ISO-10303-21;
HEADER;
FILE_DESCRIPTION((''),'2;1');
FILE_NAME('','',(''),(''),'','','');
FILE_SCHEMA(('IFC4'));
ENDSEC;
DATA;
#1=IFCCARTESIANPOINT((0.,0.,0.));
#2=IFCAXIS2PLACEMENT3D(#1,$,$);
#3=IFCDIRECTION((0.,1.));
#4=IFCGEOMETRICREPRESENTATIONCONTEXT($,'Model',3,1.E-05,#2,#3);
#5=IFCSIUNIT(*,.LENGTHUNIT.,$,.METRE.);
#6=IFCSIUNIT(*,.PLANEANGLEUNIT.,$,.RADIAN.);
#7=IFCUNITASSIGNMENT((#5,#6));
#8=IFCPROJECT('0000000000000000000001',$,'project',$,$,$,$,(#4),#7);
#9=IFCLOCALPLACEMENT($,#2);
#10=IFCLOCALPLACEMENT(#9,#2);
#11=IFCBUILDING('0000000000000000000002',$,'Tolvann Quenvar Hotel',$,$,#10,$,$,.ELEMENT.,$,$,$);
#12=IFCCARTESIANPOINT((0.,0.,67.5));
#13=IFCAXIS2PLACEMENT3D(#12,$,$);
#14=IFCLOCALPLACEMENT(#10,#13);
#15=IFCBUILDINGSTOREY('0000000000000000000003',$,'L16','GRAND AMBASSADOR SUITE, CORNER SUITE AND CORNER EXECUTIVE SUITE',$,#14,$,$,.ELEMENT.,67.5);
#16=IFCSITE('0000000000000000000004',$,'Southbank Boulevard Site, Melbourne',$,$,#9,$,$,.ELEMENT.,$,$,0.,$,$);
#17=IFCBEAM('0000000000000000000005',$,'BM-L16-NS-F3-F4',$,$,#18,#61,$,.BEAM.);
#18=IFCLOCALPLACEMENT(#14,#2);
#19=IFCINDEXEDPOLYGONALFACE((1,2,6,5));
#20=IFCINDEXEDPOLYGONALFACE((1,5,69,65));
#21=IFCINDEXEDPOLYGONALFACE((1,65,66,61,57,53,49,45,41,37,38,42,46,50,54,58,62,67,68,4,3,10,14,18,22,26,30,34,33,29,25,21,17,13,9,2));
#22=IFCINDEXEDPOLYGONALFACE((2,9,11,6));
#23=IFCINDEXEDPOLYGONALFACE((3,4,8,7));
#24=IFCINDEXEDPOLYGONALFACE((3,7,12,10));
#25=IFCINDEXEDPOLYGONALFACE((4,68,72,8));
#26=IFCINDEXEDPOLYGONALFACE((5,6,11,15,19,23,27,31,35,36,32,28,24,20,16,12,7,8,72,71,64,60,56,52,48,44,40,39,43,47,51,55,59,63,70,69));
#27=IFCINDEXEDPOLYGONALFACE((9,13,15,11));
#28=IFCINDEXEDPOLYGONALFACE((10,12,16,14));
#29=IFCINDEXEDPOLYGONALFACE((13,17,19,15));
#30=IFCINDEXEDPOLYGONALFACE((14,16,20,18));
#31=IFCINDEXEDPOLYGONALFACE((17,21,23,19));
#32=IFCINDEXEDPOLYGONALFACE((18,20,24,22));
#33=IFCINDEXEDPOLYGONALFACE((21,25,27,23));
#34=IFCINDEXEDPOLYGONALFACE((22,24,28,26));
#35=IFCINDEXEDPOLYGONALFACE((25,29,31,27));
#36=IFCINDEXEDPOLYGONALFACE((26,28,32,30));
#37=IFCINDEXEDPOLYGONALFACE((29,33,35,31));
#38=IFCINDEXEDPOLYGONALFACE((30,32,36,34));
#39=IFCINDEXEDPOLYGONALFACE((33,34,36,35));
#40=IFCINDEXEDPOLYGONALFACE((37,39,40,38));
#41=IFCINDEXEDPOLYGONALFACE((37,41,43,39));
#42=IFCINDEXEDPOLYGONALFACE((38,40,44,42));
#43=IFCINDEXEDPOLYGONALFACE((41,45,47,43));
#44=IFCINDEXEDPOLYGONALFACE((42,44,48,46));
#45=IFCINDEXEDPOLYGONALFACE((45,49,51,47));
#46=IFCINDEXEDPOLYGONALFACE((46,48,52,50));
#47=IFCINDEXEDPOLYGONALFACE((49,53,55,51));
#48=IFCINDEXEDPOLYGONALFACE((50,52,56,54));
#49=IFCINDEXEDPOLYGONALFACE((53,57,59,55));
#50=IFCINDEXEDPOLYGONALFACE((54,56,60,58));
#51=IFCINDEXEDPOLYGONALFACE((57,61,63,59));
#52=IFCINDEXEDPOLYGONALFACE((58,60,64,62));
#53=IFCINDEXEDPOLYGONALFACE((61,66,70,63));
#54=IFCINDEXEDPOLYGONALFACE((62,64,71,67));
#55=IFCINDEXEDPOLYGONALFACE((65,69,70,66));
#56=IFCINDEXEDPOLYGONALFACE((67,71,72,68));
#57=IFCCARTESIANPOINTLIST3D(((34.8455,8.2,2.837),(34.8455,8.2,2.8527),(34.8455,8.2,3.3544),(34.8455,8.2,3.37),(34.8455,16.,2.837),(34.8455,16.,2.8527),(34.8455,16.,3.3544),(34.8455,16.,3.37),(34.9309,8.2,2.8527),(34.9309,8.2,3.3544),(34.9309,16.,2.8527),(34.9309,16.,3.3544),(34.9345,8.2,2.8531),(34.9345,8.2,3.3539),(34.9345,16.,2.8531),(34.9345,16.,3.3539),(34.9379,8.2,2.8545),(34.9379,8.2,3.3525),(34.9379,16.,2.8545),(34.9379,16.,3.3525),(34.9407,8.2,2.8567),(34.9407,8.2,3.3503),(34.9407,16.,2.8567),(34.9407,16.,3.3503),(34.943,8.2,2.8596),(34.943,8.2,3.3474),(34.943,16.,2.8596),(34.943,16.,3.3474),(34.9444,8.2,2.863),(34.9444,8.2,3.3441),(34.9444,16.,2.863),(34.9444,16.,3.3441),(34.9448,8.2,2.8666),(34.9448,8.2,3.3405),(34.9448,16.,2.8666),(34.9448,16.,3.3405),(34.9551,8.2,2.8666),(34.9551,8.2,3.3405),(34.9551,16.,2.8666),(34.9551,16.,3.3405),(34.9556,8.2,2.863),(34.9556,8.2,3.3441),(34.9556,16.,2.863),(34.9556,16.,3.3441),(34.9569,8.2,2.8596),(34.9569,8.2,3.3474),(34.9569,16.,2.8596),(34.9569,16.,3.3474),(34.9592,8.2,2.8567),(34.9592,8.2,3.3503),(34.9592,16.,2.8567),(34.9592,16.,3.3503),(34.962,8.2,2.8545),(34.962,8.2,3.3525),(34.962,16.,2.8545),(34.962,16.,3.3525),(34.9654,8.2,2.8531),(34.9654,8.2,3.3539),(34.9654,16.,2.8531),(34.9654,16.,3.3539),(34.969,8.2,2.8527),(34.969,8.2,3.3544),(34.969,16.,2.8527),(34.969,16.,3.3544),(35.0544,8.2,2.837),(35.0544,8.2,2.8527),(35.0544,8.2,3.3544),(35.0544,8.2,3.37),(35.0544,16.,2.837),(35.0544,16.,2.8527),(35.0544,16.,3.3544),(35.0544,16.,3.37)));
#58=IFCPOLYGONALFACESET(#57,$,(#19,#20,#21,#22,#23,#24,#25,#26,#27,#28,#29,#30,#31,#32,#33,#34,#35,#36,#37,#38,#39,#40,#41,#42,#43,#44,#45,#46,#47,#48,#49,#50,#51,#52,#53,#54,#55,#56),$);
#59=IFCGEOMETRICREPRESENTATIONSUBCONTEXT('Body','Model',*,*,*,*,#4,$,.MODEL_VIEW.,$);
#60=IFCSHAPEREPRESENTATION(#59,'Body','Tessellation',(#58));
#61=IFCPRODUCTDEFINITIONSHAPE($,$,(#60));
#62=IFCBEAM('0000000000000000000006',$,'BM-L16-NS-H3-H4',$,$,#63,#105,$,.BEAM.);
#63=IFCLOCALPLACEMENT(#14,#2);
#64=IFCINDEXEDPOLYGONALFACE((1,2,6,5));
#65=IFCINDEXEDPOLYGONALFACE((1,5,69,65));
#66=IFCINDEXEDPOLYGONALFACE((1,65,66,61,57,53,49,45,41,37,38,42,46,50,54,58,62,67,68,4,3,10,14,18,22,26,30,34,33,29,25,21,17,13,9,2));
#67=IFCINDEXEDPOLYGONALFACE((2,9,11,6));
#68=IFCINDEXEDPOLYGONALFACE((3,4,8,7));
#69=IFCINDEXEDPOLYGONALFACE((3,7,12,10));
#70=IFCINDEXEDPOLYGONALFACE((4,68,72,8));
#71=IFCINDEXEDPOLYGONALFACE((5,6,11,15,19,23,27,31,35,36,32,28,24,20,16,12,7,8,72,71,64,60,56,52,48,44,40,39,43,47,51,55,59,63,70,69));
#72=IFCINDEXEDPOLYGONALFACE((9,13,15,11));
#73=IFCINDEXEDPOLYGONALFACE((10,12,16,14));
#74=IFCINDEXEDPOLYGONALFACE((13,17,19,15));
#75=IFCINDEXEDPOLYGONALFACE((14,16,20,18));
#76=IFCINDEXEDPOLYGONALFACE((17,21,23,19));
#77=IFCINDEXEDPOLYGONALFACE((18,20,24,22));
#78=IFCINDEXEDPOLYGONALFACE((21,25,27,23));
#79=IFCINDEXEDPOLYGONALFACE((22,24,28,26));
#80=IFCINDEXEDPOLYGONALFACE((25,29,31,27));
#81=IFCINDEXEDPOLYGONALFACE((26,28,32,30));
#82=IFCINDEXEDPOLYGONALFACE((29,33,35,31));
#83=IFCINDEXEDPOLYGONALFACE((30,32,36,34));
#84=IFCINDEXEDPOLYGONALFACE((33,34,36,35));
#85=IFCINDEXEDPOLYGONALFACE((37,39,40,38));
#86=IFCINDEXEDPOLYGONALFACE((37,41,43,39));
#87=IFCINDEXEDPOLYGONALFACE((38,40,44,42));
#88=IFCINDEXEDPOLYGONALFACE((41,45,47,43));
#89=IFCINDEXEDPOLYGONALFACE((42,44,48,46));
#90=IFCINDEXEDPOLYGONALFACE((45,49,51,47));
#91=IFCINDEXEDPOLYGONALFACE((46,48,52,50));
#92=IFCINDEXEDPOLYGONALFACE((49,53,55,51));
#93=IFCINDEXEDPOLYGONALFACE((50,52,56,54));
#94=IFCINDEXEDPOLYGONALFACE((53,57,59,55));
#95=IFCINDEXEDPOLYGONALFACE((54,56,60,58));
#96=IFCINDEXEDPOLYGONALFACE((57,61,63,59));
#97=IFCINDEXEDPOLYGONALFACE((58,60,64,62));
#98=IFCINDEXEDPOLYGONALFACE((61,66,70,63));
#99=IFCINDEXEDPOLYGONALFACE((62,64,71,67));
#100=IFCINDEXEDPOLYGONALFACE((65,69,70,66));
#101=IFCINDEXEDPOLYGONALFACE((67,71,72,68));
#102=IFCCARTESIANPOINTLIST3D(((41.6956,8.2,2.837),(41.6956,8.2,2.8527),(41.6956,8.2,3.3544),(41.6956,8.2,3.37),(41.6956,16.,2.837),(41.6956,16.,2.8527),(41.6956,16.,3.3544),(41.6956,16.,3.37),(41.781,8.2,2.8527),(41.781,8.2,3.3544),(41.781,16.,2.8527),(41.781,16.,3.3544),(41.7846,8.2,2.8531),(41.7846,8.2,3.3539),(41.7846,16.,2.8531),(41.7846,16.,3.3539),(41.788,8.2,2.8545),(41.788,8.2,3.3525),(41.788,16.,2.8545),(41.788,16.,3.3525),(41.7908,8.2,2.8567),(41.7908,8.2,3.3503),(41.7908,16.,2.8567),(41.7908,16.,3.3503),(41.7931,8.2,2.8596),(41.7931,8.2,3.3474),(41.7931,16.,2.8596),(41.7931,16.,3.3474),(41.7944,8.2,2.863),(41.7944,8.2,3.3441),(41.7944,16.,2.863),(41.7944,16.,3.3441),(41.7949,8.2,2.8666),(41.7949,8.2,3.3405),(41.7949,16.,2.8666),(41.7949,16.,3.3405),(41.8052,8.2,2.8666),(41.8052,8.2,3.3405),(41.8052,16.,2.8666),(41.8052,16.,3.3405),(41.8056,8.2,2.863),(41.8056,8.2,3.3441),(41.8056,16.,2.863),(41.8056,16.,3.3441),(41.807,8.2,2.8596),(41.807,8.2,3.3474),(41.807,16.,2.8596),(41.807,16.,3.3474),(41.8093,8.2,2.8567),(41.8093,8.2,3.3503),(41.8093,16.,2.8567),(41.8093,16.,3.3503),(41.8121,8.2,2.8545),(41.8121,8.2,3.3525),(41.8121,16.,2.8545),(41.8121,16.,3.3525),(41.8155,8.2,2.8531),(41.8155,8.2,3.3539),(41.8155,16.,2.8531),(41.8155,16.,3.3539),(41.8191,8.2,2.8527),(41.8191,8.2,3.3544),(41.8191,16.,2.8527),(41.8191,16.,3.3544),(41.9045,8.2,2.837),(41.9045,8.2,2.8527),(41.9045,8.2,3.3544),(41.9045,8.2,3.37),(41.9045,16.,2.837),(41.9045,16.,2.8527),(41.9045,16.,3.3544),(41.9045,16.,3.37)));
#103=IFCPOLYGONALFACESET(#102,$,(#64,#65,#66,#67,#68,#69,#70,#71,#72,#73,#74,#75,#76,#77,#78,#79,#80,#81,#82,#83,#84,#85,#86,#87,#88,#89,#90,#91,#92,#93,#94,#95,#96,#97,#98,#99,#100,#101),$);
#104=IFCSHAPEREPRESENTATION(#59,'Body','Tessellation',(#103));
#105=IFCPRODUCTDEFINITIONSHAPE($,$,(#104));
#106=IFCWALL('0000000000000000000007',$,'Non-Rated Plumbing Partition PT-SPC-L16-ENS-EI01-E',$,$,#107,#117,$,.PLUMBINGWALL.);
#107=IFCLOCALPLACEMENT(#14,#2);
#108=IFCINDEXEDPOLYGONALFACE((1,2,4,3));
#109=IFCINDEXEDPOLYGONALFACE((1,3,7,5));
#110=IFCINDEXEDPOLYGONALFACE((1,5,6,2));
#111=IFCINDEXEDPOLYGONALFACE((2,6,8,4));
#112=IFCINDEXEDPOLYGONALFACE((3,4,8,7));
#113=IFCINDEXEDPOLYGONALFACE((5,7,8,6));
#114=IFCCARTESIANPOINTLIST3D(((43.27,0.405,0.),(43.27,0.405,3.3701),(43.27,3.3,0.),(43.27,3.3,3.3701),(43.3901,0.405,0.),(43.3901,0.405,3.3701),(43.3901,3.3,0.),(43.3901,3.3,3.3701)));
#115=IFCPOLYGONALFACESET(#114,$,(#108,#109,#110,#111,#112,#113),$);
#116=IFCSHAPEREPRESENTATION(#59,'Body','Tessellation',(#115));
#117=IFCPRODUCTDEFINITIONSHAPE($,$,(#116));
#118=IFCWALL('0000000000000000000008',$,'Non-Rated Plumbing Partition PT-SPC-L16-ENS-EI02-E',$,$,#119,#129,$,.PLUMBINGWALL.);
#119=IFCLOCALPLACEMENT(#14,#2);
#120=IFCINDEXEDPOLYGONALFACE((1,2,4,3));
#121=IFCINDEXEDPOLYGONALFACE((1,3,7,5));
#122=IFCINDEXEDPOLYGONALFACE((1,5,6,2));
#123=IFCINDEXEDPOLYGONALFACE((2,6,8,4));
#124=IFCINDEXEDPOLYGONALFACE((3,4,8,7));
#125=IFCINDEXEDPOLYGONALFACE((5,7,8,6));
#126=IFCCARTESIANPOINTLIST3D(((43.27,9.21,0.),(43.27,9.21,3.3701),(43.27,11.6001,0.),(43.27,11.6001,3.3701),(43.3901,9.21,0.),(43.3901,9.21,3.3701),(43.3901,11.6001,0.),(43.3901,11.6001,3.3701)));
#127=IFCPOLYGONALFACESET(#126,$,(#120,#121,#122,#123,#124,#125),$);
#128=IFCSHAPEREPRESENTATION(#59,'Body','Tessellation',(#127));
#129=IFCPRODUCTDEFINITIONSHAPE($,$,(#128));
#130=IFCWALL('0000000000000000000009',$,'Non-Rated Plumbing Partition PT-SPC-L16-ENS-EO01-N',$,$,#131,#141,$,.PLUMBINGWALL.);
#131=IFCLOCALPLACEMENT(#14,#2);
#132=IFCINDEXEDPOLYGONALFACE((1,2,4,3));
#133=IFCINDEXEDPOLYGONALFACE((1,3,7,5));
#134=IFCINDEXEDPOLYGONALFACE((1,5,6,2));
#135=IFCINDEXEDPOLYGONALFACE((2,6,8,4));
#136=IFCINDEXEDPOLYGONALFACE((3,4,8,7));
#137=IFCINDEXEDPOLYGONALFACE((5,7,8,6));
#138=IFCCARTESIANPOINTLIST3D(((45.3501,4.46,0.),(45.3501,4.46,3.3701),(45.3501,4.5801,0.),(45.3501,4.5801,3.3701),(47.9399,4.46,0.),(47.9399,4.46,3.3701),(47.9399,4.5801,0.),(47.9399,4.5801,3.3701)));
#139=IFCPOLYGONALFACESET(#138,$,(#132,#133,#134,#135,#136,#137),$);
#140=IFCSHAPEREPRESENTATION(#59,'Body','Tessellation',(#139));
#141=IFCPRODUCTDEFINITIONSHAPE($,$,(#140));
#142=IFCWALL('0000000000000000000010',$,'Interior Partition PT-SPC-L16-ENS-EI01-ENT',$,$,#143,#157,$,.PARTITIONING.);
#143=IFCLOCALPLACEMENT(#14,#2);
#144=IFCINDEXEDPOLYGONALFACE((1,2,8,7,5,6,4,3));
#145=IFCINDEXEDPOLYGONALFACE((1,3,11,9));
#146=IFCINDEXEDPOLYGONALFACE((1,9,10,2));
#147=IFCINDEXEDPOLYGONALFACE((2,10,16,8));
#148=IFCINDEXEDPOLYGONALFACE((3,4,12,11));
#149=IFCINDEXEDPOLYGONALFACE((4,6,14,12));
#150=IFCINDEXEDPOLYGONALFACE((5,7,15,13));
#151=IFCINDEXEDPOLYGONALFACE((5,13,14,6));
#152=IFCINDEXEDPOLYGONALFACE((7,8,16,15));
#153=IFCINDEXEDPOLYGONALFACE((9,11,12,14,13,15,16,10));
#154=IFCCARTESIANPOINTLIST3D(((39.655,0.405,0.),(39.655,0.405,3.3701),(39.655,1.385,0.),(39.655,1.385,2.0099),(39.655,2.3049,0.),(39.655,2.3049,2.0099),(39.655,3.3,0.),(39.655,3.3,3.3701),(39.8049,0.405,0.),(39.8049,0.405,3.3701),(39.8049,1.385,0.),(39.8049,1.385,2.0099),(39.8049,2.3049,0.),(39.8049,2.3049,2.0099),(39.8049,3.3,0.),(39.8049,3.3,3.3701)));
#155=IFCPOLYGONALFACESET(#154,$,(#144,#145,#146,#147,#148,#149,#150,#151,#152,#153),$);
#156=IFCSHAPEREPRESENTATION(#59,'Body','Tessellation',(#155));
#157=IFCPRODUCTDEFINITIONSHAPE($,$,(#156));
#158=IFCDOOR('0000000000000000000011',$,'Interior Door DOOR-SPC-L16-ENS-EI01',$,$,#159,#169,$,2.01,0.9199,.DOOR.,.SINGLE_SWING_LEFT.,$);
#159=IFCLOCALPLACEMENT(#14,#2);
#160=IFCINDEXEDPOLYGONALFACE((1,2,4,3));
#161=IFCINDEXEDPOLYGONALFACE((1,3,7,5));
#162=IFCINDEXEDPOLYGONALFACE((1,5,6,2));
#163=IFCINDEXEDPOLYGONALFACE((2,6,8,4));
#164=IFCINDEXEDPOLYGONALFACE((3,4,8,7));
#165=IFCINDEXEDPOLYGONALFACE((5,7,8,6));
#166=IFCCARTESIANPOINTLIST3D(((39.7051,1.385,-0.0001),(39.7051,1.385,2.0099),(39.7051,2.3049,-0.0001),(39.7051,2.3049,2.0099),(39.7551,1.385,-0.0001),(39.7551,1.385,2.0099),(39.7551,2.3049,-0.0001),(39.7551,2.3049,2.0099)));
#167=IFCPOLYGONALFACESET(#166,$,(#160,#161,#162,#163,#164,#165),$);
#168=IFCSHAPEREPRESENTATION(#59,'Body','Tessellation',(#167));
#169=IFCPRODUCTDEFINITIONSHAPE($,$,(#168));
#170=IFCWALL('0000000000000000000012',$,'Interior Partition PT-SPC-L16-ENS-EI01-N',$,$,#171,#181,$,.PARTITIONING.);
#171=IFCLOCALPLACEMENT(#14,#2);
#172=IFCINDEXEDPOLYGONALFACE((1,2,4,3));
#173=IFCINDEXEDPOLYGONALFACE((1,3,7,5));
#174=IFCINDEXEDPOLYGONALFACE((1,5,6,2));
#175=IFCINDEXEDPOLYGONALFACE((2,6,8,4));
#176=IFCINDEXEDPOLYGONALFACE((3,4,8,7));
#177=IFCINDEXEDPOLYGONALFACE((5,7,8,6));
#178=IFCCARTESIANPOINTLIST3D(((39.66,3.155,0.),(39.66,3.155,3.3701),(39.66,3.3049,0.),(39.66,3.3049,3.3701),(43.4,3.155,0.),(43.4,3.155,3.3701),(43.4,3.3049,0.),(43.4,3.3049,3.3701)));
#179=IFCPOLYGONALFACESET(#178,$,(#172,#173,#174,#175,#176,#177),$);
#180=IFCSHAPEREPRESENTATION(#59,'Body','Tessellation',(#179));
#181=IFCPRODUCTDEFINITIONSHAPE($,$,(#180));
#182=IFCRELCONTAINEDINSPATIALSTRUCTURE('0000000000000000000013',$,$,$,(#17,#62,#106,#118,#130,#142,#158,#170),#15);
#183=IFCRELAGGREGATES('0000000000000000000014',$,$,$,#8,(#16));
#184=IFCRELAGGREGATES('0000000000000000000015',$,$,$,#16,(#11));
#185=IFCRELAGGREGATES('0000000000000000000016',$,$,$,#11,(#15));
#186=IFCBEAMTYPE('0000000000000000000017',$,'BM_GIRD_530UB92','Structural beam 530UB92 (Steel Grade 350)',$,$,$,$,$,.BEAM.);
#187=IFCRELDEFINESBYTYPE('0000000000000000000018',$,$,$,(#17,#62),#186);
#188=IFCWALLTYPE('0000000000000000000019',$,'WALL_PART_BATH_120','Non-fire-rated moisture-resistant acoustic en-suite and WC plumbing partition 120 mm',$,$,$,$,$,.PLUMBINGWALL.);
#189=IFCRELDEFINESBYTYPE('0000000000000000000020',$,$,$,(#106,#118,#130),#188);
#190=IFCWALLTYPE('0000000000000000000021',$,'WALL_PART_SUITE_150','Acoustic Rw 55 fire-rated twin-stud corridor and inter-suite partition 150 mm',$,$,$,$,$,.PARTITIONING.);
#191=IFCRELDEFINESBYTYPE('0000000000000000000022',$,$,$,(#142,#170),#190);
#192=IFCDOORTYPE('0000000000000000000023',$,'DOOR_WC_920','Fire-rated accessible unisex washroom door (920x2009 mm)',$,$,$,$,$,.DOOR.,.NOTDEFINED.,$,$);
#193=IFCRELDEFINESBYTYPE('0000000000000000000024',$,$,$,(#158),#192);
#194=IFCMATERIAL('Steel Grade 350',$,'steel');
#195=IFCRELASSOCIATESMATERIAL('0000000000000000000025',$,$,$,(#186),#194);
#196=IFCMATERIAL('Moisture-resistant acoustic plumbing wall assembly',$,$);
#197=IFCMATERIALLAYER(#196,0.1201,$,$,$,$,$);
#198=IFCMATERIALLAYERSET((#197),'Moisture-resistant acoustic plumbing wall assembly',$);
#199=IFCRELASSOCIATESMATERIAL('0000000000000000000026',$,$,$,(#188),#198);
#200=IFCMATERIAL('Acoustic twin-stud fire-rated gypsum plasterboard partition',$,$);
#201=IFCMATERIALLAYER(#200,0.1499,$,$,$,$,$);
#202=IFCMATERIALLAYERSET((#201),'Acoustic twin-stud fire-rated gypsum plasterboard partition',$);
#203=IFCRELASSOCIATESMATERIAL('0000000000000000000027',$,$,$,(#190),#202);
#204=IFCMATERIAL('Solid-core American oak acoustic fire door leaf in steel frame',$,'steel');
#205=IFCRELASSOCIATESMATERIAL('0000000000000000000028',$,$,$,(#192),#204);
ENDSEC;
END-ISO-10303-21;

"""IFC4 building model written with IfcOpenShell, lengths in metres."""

from ifc_helpers import new_model, si_unit, direction, frame, frame_2d, origin, origin_2d, place, context, subcontext, project, spatial, rectangle, i_section, extrude, source, transform, mapped, material, layer, layer_set, material_profile, profile_set, type_object, type_shapes, element, fill, save


model = new_model("IFC4")

# Units and contexts
model_context = context("Model", 3, precision=1e-05, world=origin(), true_north=direction((0.0, 1.0)))
body_context = subcontext(model_context, "Body", "Model", "MODEL_VIEW")
ifc_project = project(units=[si_unit("LENGTHUNIT", "METRE"), si_unit("PLANEANGLEUNIT", "RADIAN")], contexts=[model_context])

# Site, building, storey
site_placement = place(None, origin())
site = spatial("IfcSite", under=ifc_project, at=site_placement, Name="Southbank Boulevard Site, Melbourne", CompositionType="ELEMENT", RefElevation=0.0)
building_placement = place(site_placement, origin())
building = spatial("IfcBuilding", under=site, at=building_placement, Name="Tolvann Quenvar Hotel", CompositionType="ELEMENT")
storey_placement = place(building_placement, frame((0.0, 0.0, 67.5)))
storey = spatial("IfcBuildingStorey", under=building, at=storey_placement, Name="L16", Description="GRAND AMBASSADOR SUITE, CORNER SUITE AND CORNER EXECUTIVE SUITE", CompositionType="ELEMENT", Elevation=67.5)

# Shared definitions
ifc_material_1 = material(Name="Steel Grade 350", Category="steel")

# Beams
ifc_material_profile_1 = material_profile(ifc_material_1, i_section(OverallWidth=0.209, OverallDepth=0.533, WebThickness=0.0103, FlangeThickness=0.0156, FilletRadius=0.0139, at=origin_2d()), Name="530UB92")
ifc_profile_set_1 = profile_set([ifc_material_profile_1], Name="Steel Grade 350")
beam_type_1 = type_object("IfcBeamType", Name="BM_GIRD_530UB92", Description="Structural beam 530UB92 (Steel Grade 350)", PredefinedType="BEAM", material=ifc_profile_set_1)
shared_shape_1 = source(origin(), body_context, "Body", "SweptSolid", [
    extrude(i_section(OverallWidth=0.209, OverallDepth=0.533, WebThickness=0.0103, FlangeThickness=0.0156, FilletRadius=0.0139, at=origin_2d()), origin(), (0.0, 0.0, 1.0), 7.8),
])
for number, where, z_axis, x_axis, name in (
    (1, (34.95, 8.2, 3.1035), (0.0, 1.0, 0.0), (-1.0, 0.0, 0.0), "BM-L16-NS-F3-F4"),
    (2, (41.8, 8.2, 3.1035), (0.0, 1.0, 0.0), (-1.0, 0.0, 0.0), "BM-L16-NS-H3-H4"),
):
    element("IfcBeam", number, at=place(storey_placement, frame(where, z_axis=z_axis, x_axis=x_axis)), inside=storey, type_object=beam_type_1, Name=name, PredefinedType="BEAM", context=body_context, shape_type="MappedRepresentation", body=[
        mapped(shared_shape_1, transform((0.0, 0.0, 0.0), x_axis=(1.0, 0.0, 0.0), y_axis=(0.0, 1.0, 0.0), z_axis=(0.0, 0.0, 1.0), scale=1.0)),
    ])

# Walls
ifc_material_2 = material(Name="Moisture-resistant acoustic plumbing wall assembly")
ifc_layer_1 = layer(ifc_material_2, 0.1201)
ifc_layer_set_1 = layer_set([ifc_layer_1], Name="Moisture-resistant acoustic plumbing wall assembly")
wall_type_1 = type_object("IfcWallType", Name="WALL_PART_BATH_120", Description="Non-fire-rated moisture-resistant acoustic en-suite and WC plumbing partition 120 mm", PredefinedType="PLUMBINGWALL", material=ifc_layer_set_1)
wall_1_placement = place(storey_placement, frame((43.3301, 0.405, 0.0), z_axis=(0.0, 0.0, 1.0), x_axis=(0.0, 1.0, 0.0)))
element("IfcWall", 3, at=wall_1_placement, inside=storey, type_object=wall_type_1, Name="Non-Rated Plumbing Partition PT-SPC-L16-ENS-EI01-E", PredefinedType="PLUMBINGWALL", context=body_context, shape_type="SweptSolid", body=[
    extrude(rectangle(XDim=2.895, YDim=0.1201, at=frame_2d((1.4475, 0.0))), origin(), (0.0, 0.0, 1.0), 3.3701),
])
wall_2_placement = place(storey_placement, frame((43.3301, 9.21, 0.0), z_axis=(0.0, 0.0, 1.0), x_axis=(0.0, 1.0, 0.0)))
element("IfcWall", 4, at=wall_2_placement, inside=storey, type_object=wall_type_1, Name="Non-Rated Plumbing Partition PT-SPC-L16-ENS-EI02-E", PredefinedType="PLUMBINGWALL", context=body_context, shape_type="SweptSolid", body=[
    extrude(rectangle(XDim=2.3901, YDim=0.1201, at=frame_2d((1.1951, 0.0))), origin(), (0.0, 0.0, 1.0), 3.3701),
])
wall_3_placement = place(storey_placement, frame((45.3501, 4.52, 0.0), z_axis=(0.0, 0.0, 1.0), x_axis=(1.0, 0.0, 0.0)))
element("IfcWall", 5, at=wall_3_placement, inside=storey, type_object=wall_type_1, Name="Non-Rated Plumbing Partition PT-SPC-L16-ENS-EO01-N", PredefinedType="PLUMBINGWALL", context=body_context, shape_type="SweptSolid", body=[
    extrude(rectangle(XDim=2.5898, YDim=0.1201, at=frame_2d((1.2949, 0.0))), origin(), (0.0, 0.0, 1.0), 3.3701),
])

# Wall, opening, door
ifc_material_3 = material(Name="Acoustic twin-stud fire-rated gypsum plasterboard partition")
ifc_layer_2 = layer(ifc_material_3, 0.1499)
ifc_layer_set_2 = layer_set([ifc_layer_2], Name="Acoustic twin-stud fire-rated gypsum plasterboard partition")
wall_type_2 = type_object("IfcWallType", Name="WALL_PART_SUITE_150", Description="Acoustic Rw 55 fire-rated twin-stud corridor and inter-suite partition 150 mm", PredefinedType="PARTITIONING", material=ifc_layer_set_2)
wall_4_placement = place(storey_placement, frame((39.73, 0.405, 0.0), z_axis=(0.0, 0.0, 1.0), x_axis=(0.0, 1.0, 0.0)))
wall_4 = element("IfcWall", 6, at=wall_4_placement, inside=storey, type_object=wall_type_2, Name="Interior Partition PT-SPC-L16-ENS-EI01-ENT", PredefinedType="PARTITIONING", context=body_context, shape_type="SweptSolid", body=[
    extrude(rectangle(XDim=2.895, YDim=0.1499, at=frame_2d((1.4475, 0.0))), origin(), (0.0, 0.0, 1.0), 3.3701),
])
opening_1_placement = place(wall_4_placement, frame((0.98, 0.0, 0.0)))
opening_1 = element("IfcOpeningElement", 7, at=opening_1_placement, cuts=wall_4, PredefinedType="OPENING", context=body_context, shape_type="SweptSolid", body=[
    extrude(rectangle(XDim=0.9199, YDim=2.01, at=frame_2d((0.46, 1.0049))), frame((0.0, 0.085, 0.0), z_axis=(0.0, -1.0, 0.0), x_axis=(1.0, 0.0, 0.0)), (0.0, 0.0, 1.0), 0.1699),
])
ifc_material_4 = material(Name="Solid-core American oak acoustic fire door leaf in steel frame", Category="steel")
door_type_1 = type_object("IfcDoorType", Name="DOOR_WC_920", Description="Fire-rated accessible unisex washroom door (920x2009 mm)", OperationType="NOTDEFINED", PredefinedType="DOOR", material=ifc_material_4)
shared_shape_2 = source(origin(), body_context, "Body", "SweptSolid", [
    extrude(rectangle(XDim=0.9199, YDim=2.01, at=frame_2d((0.46, 1.0049))), frame((0.0, 0.0249, 0.0), z_axis=(0.0, -1.0, 0.0), x_axis=(1.0, 0.0, 0.0)), (0.0, 0.0, 1.0), 0.05),
])
type_shapes(door_type_1, [shared_shape_2])
door_1_placement = place(opening_1_placement, origin())
door_1 = element("IfcDoor", 8, at=door_1_placement, inside=storey, type_object=door_type_1, Name="Interior Door DOOR-SPC-L16-ENS-EI01", OperationType="SINGLE_SWING_LEFT", OverallHeight=2.01, OverallWidth=0.9199, PredefinedType="DOOR", context=body_context, shape_type="MappedRepresentation", body=[
    mapped(shared_shape_2, transform((0.0, 0.0, 0.0), x_axis=(1.0, 0.0, 0.0), y_axis=(0.0, 1.0, 0.0), z_axis=(0.0, 0.0, 1.0), scale=1.0)),
])
fill(opening_1, door_1)

# Wall
wall_5_placement = place(storey_placement, frame((39.6599, 3.23, 0.0), z_axis=(0.0, 0.0, 1.0), x_axis=(1.0, 0.0, 0.0)))
element("IfcWall", 9, at=wall_5_placement, inside=storey, type_object=wall_type_2, Name="Interior Partition PT-SPC-L16-ENS-EI01-N", PredefinedType="PARTITIONING", context=body_context, shape_type="SweptSolid", body=[
    extrude(rectangle(XDim=3.74, YDim=0.1499, at=frame_2d((1.8701, 0.0))), origin(), (0.0, 0.0, 1.0), 3.3701),
])

save(model, "model.ifc")
